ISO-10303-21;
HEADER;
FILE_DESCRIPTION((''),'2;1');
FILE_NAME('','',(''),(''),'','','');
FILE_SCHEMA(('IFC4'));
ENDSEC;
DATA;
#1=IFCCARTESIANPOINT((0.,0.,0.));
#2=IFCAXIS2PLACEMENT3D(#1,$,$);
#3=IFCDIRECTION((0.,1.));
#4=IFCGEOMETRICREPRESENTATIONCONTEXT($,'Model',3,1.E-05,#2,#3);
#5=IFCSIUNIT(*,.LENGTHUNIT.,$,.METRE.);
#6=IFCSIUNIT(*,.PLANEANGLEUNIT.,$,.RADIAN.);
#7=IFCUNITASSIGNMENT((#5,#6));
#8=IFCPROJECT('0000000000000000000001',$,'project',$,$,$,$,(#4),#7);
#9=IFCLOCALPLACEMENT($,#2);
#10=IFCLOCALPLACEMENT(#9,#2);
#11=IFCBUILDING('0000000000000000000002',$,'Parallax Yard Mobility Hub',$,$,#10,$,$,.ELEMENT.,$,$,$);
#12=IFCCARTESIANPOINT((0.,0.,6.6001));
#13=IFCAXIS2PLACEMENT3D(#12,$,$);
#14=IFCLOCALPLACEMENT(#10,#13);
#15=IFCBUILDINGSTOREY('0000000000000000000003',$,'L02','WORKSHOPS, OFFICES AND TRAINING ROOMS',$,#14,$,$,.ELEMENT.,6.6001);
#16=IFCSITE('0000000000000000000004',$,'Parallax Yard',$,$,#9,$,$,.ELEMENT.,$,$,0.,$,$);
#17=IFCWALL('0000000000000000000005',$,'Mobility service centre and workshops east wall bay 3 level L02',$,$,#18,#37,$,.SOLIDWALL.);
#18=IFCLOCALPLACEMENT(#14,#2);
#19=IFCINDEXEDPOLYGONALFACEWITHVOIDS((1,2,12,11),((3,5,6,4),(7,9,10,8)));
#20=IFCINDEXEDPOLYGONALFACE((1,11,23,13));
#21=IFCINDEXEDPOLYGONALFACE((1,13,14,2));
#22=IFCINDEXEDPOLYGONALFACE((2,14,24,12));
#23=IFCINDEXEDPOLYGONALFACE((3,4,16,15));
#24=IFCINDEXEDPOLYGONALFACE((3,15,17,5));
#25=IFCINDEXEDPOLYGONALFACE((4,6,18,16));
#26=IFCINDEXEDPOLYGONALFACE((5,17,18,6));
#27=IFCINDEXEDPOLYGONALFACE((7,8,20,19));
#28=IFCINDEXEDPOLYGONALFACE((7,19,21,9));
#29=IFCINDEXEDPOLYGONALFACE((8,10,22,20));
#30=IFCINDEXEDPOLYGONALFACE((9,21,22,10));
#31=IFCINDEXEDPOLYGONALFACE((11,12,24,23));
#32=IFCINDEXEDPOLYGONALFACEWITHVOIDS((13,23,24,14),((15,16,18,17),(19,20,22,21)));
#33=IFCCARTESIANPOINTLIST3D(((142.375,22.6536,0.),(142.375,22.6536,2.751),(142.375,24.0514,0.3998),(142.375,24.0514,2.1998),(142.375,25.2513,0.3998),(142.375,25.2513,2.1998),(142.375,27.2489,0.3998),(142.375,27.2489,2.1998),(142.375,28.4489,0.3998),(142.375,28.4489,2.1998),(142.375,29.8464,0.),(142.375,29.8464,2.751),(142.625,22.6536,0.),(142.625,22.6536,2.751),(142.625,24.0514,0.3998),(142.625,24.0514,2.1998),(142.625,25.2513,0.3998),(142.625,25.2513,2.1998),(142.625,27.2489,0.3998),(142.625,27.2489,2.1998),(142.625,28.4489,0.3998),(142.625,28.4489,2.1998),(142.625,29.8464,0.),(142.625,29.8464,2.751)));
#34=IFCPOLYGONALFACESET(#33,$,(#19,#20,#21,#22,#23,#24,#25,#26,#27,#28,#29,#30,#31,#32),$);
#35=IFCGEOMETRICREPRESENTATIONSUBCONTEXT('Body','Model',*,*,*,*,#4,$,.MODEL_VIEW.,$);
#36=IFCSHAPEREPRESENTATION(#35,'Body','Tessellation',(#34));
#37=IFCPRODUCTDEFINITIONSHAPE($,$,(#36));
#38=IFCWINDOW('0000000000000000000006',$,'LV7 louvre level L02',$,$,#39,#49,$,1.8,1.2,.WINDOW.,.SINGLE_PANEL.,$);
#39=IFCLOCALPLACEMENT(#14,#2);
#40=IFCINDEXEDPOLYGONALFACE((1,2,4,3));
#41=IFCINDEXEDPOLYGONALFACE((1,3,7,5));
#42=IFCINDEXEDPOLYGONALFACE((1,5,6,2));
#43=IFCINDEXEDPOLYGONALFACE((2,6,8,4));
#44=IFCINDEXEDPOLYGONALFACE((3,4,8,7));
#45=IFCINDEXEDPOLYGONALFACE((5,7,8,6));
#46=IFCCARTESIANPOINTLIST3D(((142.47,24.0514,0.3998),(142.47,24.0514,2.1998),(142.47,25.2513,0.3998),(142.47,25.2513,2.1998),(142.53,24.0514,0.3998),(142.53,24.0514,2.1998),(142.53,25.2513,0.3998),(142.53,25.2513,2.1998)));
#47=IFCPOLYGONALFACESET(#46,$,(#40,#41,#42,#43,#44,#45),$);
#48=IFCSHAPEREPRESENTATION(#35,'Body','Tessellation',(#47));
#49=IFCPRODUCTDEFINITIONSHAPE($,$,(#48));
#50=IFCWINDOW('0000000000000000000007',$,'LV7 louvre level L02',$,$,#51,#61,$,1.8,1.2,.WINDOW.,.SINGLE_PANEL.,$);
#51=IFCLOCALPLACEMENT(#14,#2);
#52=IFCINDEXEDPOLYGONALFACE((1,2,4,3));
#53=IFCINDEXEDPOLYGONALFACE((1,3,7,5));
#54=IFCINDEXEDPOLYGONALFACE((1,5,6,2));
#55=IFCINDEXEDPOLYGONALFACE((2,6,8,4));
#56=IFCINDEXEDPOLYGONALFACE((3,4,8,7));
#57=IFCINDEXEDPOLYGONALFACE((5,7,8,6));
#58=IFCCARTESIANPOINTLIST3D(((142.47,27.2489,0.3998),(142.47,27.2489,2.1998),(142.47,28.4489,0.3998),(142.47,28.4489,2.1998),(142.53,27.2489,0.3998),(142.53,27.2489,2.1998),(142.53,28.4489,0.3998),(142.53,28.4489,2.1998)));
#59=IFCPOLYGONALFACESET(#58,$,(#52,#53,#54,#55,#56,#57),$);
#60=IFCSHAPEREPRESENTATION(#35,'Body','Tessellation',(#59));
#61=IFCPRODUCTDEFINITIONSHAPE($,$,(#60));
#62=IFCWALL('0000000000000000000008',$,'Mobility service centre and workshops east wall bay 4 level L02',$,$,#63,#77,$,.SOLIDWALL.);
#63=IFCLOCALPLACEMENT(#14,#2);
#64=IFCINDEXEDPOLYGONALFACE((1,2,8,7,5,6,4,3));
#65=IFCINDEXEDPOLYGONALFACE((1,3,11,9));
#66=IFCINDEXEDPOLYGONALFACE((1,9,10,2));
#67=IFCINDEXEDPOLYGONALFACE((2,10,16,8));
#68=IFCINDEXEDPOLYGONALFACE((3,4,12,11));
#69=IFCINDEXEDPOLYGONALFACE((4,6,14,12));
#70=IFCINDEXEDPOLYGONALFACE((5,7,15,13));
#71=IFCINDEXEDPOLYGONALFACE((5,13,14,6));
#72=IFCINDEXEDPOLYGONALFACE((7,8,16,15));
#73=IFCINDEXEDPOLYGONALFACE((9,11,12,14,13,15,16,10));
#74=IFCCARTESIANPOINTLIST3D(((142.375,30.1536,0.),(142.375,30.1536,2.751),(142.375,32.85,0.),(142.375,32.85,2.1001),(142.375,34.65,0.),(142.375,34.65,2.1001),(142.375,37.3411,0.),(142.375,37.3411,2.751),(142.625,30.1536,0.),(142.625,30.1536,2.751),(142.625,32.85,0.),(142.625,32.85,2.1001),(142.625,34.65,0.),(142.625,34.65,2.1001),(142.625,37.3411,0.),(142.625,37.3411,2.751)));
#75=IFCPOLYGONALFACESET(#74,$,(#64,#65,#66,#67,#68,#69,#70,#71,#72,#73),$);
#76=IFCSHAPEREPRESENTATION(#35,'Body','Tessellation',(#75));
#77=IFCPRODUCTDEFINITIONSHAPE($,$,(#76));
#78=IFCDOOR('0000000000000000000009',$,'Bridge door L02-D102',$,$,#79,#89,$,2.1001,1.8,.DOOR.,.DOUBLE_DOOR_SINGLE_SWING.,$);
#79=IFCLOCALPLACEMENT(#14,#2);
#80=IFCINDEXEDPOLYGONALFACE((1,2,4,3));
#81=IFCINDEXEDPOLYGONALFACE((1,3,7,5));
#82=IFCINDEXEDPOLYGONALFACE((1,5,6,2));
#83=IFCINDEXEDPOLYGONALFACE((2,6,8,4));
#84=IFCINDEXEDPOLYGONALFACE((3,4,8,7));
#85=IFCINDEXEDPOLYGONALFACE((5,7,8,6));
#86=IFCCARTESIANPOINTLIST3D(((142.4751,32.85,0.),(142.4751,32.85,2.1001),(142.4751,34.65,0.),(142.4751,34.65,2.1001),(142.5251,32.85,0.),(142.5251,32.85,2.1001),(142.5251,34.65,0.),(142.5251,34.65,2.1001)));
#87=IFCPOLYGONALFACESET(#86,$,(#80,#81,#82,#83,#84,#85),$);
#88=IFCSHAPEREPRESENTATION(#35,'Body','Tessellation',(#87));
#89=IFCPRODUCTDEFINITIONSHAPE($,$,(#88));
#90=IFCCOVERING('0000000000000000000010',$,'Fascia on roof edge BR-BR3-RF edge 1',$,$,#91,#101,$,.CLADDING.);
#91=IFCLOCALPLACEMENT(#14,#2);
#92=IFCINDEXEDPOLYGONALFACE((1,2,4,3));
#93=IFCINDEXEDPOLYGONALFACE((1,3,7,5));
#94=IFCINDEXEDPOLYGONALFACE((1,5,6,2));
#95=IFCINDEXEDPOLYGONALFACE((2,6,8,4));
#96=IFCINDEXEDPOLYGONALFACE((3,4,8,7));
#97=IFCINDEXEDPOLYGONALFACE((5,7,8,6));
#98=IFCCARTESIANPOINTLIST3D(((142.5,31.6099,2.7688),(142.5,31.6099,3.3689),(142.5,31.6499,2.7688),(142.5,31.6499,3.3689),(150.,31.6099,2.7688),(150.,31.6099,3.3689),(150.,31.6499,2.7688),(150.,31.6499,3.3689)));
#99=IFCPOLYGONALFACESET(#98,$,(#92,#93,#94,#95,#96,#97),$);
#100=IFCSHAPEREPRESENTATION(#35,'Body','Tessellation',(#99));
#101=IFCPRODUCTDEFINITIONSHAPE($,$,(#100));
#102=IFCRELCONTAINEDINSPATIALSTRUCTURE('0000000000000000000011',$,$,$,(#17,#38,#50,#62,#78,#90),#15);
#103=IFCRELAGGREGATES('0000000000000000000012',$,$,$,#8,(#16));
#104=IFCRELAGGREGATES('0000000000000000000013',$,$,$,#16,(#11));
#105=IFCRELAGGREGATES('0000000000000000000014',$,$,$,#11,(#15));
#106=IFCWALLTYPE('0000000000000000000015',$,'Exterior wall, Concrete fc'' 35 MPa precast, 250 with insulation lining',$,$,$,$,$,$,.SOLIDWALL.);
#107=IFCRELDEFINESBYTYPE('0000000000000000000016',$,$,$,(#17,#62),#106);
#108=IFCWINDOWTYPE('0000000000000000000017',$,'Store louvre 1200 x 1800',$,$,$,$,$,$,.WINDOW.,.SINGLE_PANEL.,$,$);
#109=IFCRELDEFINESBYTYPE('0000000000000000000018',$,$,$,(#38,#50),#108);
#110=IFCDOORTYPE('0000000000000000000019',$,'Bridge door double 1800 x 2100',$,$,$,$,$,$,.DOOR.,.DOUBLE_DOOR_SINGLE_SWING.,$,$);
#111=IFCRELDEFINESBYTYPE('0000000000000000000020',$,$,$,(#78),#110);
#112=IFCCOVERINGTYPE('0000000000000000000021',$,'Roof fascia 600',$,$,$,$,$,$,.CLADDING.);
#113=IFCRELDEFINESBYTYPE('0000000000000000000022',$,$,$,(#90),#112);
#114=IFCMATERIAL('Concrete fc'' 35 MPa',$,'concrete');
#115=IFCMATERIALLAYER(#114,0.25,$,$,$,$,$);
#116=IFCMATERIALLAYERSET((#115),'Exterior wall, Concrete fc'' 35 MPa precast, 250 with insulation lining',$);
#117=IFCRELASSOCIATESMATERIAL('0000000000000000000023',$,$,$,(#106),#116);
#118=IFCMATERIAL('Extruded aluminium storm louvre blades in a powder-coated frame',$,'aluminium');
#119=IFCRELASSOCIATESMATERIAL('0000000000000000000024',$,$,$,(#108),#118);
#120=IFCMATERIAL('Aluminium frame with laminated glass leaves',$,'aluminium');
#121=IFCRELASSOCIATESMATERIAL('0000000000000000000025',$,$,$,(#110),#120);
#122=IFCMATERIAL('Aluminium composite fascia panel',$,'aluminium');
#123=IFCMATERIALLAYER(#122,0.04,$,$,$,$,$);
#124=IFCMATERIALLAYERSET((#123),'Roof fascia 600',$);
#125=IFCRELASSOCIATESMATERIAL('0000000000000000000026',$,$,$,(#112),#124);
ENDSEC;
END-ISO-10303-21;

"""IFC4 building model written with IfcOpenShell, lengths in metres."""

from ifc_helpers import new_model, si_unit, direction, frame, frame_2d, origin, place, context, subcontext, project, spatial, polyline, rectangle, outline, extrude, material, layer, layer_set, type_object, element, fill, save


model = new_model("IFC4")

# Units and contexts
model_context = context("Model", 3, precision=1e-05, world=origin(), true_north=direction((0.0, 1.0)))
body_context = subcontext(model_context, "Body", "Model", "MODEL_VIEW")
ifc_project = project(units=[si_unit("LENGTHUNIT", "METRE"), si_unit("PLANEANGLEUNIT", "RADIAN")], contexts=[model_context])

# Site, building, storey
site_placement = place(None, origin())
site = spatial("IfcSite", under=ifc_project, at=site_placement, Name="Parallax Yard", CompositionType="ELEMENT", RefElevation=0.0)
building_placement = place(site_placement, origin())
building = spatial("IfcBuilding", under=site, at=building_placement, Name="Parallax Yard Mobility Hub", CompositionType="ELEMENT")
storey_placement = place(building_placement, frame((0.0, 0.0, 6.6001)))
storey = spatial("IfcBuildingStorey", under=building, at=storey_placement, Name="L02", Description="WORKSHOPS, OFFICES AND TRAINING ROOMS", CompositionType="ELEMENT", Elevation=6.6001)

# Wall, openings, windows
ifc_material_1 = material(Name="Concrete fc' 35 MPa", Category="concrete")
ifc_layer_1 = layer(ifc_material_1, 0.25)
ifc_layer_set_1 = layer_set([ifc_layer_1], Name="Exterior wall, Concrete fc' 35 MPa precast, 250 with insulation lining")
wall_type = type_object("IfcWallType", Name="Exterior wall, Concrete fc' 35 MPa precast, 250 with insulation lining", PredefinedType="SOLIDWALL", material=ifc_layer_set_1)
wall_1_placement = place(storey_placement, frame((142.5, 22.6536, 0.0), z_axis=(0.0, 0.0, 1.0), x_axis=(0.0, 1.0, 0.0)))
wall_1 = element("IfcWall", 1, at=wall_1_placement, inside=storey, type_object=wall_type, Name="Mobility service centre and workshops east wall bay 3 level L02", PredefinedType="SOLIDWALL", context=body_context, shape_type="SweptSolid", body=[
    extrude(rectangle(XDim=7.1929, YDim=0.25, at=frame_2d((3.5964, 0.0))), origin(), (0.0, 0.0, 1.0), 2.751),
])
opening_1_placement = place(wall_1_placement, frame((1.3977, 0.0, 0.3999)))
opening_1 = element("IfcOpeningElement", 2, at=opening_1_placement, cuts=wall_1, PredefinedType="OPENING", context=body_context, shape_type="SweptSolid", body=[
    extrude(rectangle(XDim=1.2, YDim=1.8, at=frame_2d((0.6001, 0.8999))), frame((0.0, 0.135, 0.0), z_axis=(0.0, -1.0, 0.0), x_axis=(1.0, 0.0, 0.0)), (0.0, 0.0, 1.0), 0.27),
])
opening_2_placement = place(wall_1_placement, frame((4.5952, 0.0, 0.3999)))
opening_2 = element("IfcOpeningElement", 3, at=opening_2_placement, cuts=wall_1, PredefinedType="OPENING", context=body_context, shape_type="SweptSolid", body=[
    extrude(rectangle(XDim=1.2, YDim=1.8, at=frame_2d((0.6001, 0.8999))), frame((0.0, 0.135, 0.0), z_axis=(0.0, -1.0, 0.0), x_axis=(1.0, 0.0, 0.0)), (0.0, 0.0, 1.0), 0.27),
])
ifc_material_2 = material(Name="Extruded aluminium storm louvre blades in a powder-coated frame", Category="aluminium")
window_type = type_object("IfcWindowType", Name="Store louvre 1200 x 1800", PartitioningType="SINGLE_PANEL", PredefinedType="WINDOW", material=ifc_material_2)
window_1_placement = place(opening_1_placement, origin())
window_1 = element("IfcWindow", 4, at=window_1_placement, inside=storey, type_object=window_type, Name="LV7 louvre level L02", OverallHeight=1.8, OverallWidth=1.2, PartitioningType="SINGLE_PANEL", PredefinedType="WINDOW", context=body_context, shape_type="SweptSolid", body=[
    extrude(rectangle(XDim=1.2, YDim=1.8, at=frame_2d((0.6001, 0.8999))), frame((0.0, 0.03, 0.0), z_axis=(0.0, -1.0, 0.0), x_axis=(1.0, 0.0, 0.0)), (0.0, 0.0, 1.0), 0.0601),
])
fill(opening_1, window_1)
window_2_placement = place(opening_2_placement, origin())
window_2 = element("IfcWindow", 5, at=window_2_placement, inside=storey, type_object=window_type, Name="LV7 louvre level L02", OverallHeight=1.8, OverallWidth=1.2, PartitioningType="SINGLE_PANEL", PredefinedType="WINDOW", context=body_context, shape_type="SweptSolid", body=[
    extrude(rectangle(XDim=1.2, YDim=1.8, at=frame_2d((0.6001, 0.8999))), frame((0.0, 0.03, 0.0), z_axis=(0.0, -1.0, 0.0), x_axis=(1.0, 0.0, 0.0)), (0.0, 0.0, 1.0), 0.0601),
])
fill(opening_2, window_2)

# Wall, opening, door
wall_2_placement = place(storey_placement, frame((142.5, 30.1536, 0.0), z_axis=(0.0, 0.0, 1.0), x_axis=(0.0, 1.0, 0.0)))
wall_2 = element("IfcWall", 6, at=wall_2_placement, inside=storey, type_object=wall_type, Name="Mobility service centre and workshops east wall bay 4 level L02", PredefinedType="SOLIDWALL", context=body_context, shape_type="SweptSolid", body=[
    extrude(rectangle(XDim=7.1875, YDim=0.25, at=frame_2d((3.5938, 0.0))), origin(), (0.0, 0.0, 1.0), 2.751),
])
opening_3_placement = place(wall_2_placement, frame((2.6965, 0.0, 0.0)))
opening_3 = element("IfcOpeningElement", 7, at=opening_3_placement, cuts=wall_2, PredefinedType="OPENING", context=body_context, shape_type="SweptSolid", body=[
    extrude(rectangle(XDim=1.8, YDim=2.1001, at=frame_2d((0.8999, 1.05))), frame((0.0, 0.135, 0.0), z_axis=(0.0, -1.0, 0.0), x_axis=(1.0, 0.0, 0.0)), (0.0, 0.0, 1.0), 0.27),
])
ifc_material_3 = material(Name="Aluminium frame with laminated glass leaves", Category="aluminium")
door_type = type_object("IfcDoorType", Name="Bridge door double 1800 x 2100", OperationType="DOUBLE_DOOR_SINGLE_SWING", PredefinedType="DOOR", material=ifc_material_3)
door_placement = place(opening_3_placement, origin())
door = element("IfcDoor", 8, at=door_placement, inside=storey, type_object=door_type, Name="Bridge door L02-D102", OperationType="DOUBLE_DOOR_SINGLE_SWING", OverallHeight=2.1001, OverallWidth=1.8, PredefinedType="DOOR", context=body_context, shape_type="SweptSolid", body=[
    extrude(rectangle(XDim=1.8, YDim=2.1001, at=frame_2d((0.8999, 1.05))), frame((0.0, 0.0249, 0.0), z_axis=(0.0, -1.0, 0.0), x_axis=(1.0, 0.0, 0.0)), (0.0, 0.0, 1.0), 0.05),
])
fill(opening_3, door)

# Covering
ifc_material_4 = material(Name="Aluminium composite fascia panel", Category="aluminium")
ifc_layer_2 = layer(ifc_material_4, 0.04)
ifc_layer_set_2 = layer_set([ifc_layer_2], Name="Roof fascia 600")
covering_type = type_object("IfcCoveringType", Name="Roof fascia 600", PredefinedType="CLADDING", material=ifc_layer_set_2)
covering_placement = place(storey_placement, frame((142.5, 31.6499, 3.3689), z_axis=(0.0, 1.0, 0.0), x_axis=(1.0, 0.0, 0.0)))
element("IfcCovering", 9, at=covering_placement, inside=storey, type_object=covering_type, Name="Fascia on roof edge BR-BR3-RF edge 1", PredefinedType="CLADDING", context=body_context, shape_type="SweptSolid", body=[
    extrude(outline(polyline([(0.0, 0.0), (7.5, 0.0), (7.5, 0.6001), (0.0, 0.6001), (0.0, 0.0)])), origin(), (0.0, 0.0, -1.0), 0.04),
])

save(model, "model.ifc")
